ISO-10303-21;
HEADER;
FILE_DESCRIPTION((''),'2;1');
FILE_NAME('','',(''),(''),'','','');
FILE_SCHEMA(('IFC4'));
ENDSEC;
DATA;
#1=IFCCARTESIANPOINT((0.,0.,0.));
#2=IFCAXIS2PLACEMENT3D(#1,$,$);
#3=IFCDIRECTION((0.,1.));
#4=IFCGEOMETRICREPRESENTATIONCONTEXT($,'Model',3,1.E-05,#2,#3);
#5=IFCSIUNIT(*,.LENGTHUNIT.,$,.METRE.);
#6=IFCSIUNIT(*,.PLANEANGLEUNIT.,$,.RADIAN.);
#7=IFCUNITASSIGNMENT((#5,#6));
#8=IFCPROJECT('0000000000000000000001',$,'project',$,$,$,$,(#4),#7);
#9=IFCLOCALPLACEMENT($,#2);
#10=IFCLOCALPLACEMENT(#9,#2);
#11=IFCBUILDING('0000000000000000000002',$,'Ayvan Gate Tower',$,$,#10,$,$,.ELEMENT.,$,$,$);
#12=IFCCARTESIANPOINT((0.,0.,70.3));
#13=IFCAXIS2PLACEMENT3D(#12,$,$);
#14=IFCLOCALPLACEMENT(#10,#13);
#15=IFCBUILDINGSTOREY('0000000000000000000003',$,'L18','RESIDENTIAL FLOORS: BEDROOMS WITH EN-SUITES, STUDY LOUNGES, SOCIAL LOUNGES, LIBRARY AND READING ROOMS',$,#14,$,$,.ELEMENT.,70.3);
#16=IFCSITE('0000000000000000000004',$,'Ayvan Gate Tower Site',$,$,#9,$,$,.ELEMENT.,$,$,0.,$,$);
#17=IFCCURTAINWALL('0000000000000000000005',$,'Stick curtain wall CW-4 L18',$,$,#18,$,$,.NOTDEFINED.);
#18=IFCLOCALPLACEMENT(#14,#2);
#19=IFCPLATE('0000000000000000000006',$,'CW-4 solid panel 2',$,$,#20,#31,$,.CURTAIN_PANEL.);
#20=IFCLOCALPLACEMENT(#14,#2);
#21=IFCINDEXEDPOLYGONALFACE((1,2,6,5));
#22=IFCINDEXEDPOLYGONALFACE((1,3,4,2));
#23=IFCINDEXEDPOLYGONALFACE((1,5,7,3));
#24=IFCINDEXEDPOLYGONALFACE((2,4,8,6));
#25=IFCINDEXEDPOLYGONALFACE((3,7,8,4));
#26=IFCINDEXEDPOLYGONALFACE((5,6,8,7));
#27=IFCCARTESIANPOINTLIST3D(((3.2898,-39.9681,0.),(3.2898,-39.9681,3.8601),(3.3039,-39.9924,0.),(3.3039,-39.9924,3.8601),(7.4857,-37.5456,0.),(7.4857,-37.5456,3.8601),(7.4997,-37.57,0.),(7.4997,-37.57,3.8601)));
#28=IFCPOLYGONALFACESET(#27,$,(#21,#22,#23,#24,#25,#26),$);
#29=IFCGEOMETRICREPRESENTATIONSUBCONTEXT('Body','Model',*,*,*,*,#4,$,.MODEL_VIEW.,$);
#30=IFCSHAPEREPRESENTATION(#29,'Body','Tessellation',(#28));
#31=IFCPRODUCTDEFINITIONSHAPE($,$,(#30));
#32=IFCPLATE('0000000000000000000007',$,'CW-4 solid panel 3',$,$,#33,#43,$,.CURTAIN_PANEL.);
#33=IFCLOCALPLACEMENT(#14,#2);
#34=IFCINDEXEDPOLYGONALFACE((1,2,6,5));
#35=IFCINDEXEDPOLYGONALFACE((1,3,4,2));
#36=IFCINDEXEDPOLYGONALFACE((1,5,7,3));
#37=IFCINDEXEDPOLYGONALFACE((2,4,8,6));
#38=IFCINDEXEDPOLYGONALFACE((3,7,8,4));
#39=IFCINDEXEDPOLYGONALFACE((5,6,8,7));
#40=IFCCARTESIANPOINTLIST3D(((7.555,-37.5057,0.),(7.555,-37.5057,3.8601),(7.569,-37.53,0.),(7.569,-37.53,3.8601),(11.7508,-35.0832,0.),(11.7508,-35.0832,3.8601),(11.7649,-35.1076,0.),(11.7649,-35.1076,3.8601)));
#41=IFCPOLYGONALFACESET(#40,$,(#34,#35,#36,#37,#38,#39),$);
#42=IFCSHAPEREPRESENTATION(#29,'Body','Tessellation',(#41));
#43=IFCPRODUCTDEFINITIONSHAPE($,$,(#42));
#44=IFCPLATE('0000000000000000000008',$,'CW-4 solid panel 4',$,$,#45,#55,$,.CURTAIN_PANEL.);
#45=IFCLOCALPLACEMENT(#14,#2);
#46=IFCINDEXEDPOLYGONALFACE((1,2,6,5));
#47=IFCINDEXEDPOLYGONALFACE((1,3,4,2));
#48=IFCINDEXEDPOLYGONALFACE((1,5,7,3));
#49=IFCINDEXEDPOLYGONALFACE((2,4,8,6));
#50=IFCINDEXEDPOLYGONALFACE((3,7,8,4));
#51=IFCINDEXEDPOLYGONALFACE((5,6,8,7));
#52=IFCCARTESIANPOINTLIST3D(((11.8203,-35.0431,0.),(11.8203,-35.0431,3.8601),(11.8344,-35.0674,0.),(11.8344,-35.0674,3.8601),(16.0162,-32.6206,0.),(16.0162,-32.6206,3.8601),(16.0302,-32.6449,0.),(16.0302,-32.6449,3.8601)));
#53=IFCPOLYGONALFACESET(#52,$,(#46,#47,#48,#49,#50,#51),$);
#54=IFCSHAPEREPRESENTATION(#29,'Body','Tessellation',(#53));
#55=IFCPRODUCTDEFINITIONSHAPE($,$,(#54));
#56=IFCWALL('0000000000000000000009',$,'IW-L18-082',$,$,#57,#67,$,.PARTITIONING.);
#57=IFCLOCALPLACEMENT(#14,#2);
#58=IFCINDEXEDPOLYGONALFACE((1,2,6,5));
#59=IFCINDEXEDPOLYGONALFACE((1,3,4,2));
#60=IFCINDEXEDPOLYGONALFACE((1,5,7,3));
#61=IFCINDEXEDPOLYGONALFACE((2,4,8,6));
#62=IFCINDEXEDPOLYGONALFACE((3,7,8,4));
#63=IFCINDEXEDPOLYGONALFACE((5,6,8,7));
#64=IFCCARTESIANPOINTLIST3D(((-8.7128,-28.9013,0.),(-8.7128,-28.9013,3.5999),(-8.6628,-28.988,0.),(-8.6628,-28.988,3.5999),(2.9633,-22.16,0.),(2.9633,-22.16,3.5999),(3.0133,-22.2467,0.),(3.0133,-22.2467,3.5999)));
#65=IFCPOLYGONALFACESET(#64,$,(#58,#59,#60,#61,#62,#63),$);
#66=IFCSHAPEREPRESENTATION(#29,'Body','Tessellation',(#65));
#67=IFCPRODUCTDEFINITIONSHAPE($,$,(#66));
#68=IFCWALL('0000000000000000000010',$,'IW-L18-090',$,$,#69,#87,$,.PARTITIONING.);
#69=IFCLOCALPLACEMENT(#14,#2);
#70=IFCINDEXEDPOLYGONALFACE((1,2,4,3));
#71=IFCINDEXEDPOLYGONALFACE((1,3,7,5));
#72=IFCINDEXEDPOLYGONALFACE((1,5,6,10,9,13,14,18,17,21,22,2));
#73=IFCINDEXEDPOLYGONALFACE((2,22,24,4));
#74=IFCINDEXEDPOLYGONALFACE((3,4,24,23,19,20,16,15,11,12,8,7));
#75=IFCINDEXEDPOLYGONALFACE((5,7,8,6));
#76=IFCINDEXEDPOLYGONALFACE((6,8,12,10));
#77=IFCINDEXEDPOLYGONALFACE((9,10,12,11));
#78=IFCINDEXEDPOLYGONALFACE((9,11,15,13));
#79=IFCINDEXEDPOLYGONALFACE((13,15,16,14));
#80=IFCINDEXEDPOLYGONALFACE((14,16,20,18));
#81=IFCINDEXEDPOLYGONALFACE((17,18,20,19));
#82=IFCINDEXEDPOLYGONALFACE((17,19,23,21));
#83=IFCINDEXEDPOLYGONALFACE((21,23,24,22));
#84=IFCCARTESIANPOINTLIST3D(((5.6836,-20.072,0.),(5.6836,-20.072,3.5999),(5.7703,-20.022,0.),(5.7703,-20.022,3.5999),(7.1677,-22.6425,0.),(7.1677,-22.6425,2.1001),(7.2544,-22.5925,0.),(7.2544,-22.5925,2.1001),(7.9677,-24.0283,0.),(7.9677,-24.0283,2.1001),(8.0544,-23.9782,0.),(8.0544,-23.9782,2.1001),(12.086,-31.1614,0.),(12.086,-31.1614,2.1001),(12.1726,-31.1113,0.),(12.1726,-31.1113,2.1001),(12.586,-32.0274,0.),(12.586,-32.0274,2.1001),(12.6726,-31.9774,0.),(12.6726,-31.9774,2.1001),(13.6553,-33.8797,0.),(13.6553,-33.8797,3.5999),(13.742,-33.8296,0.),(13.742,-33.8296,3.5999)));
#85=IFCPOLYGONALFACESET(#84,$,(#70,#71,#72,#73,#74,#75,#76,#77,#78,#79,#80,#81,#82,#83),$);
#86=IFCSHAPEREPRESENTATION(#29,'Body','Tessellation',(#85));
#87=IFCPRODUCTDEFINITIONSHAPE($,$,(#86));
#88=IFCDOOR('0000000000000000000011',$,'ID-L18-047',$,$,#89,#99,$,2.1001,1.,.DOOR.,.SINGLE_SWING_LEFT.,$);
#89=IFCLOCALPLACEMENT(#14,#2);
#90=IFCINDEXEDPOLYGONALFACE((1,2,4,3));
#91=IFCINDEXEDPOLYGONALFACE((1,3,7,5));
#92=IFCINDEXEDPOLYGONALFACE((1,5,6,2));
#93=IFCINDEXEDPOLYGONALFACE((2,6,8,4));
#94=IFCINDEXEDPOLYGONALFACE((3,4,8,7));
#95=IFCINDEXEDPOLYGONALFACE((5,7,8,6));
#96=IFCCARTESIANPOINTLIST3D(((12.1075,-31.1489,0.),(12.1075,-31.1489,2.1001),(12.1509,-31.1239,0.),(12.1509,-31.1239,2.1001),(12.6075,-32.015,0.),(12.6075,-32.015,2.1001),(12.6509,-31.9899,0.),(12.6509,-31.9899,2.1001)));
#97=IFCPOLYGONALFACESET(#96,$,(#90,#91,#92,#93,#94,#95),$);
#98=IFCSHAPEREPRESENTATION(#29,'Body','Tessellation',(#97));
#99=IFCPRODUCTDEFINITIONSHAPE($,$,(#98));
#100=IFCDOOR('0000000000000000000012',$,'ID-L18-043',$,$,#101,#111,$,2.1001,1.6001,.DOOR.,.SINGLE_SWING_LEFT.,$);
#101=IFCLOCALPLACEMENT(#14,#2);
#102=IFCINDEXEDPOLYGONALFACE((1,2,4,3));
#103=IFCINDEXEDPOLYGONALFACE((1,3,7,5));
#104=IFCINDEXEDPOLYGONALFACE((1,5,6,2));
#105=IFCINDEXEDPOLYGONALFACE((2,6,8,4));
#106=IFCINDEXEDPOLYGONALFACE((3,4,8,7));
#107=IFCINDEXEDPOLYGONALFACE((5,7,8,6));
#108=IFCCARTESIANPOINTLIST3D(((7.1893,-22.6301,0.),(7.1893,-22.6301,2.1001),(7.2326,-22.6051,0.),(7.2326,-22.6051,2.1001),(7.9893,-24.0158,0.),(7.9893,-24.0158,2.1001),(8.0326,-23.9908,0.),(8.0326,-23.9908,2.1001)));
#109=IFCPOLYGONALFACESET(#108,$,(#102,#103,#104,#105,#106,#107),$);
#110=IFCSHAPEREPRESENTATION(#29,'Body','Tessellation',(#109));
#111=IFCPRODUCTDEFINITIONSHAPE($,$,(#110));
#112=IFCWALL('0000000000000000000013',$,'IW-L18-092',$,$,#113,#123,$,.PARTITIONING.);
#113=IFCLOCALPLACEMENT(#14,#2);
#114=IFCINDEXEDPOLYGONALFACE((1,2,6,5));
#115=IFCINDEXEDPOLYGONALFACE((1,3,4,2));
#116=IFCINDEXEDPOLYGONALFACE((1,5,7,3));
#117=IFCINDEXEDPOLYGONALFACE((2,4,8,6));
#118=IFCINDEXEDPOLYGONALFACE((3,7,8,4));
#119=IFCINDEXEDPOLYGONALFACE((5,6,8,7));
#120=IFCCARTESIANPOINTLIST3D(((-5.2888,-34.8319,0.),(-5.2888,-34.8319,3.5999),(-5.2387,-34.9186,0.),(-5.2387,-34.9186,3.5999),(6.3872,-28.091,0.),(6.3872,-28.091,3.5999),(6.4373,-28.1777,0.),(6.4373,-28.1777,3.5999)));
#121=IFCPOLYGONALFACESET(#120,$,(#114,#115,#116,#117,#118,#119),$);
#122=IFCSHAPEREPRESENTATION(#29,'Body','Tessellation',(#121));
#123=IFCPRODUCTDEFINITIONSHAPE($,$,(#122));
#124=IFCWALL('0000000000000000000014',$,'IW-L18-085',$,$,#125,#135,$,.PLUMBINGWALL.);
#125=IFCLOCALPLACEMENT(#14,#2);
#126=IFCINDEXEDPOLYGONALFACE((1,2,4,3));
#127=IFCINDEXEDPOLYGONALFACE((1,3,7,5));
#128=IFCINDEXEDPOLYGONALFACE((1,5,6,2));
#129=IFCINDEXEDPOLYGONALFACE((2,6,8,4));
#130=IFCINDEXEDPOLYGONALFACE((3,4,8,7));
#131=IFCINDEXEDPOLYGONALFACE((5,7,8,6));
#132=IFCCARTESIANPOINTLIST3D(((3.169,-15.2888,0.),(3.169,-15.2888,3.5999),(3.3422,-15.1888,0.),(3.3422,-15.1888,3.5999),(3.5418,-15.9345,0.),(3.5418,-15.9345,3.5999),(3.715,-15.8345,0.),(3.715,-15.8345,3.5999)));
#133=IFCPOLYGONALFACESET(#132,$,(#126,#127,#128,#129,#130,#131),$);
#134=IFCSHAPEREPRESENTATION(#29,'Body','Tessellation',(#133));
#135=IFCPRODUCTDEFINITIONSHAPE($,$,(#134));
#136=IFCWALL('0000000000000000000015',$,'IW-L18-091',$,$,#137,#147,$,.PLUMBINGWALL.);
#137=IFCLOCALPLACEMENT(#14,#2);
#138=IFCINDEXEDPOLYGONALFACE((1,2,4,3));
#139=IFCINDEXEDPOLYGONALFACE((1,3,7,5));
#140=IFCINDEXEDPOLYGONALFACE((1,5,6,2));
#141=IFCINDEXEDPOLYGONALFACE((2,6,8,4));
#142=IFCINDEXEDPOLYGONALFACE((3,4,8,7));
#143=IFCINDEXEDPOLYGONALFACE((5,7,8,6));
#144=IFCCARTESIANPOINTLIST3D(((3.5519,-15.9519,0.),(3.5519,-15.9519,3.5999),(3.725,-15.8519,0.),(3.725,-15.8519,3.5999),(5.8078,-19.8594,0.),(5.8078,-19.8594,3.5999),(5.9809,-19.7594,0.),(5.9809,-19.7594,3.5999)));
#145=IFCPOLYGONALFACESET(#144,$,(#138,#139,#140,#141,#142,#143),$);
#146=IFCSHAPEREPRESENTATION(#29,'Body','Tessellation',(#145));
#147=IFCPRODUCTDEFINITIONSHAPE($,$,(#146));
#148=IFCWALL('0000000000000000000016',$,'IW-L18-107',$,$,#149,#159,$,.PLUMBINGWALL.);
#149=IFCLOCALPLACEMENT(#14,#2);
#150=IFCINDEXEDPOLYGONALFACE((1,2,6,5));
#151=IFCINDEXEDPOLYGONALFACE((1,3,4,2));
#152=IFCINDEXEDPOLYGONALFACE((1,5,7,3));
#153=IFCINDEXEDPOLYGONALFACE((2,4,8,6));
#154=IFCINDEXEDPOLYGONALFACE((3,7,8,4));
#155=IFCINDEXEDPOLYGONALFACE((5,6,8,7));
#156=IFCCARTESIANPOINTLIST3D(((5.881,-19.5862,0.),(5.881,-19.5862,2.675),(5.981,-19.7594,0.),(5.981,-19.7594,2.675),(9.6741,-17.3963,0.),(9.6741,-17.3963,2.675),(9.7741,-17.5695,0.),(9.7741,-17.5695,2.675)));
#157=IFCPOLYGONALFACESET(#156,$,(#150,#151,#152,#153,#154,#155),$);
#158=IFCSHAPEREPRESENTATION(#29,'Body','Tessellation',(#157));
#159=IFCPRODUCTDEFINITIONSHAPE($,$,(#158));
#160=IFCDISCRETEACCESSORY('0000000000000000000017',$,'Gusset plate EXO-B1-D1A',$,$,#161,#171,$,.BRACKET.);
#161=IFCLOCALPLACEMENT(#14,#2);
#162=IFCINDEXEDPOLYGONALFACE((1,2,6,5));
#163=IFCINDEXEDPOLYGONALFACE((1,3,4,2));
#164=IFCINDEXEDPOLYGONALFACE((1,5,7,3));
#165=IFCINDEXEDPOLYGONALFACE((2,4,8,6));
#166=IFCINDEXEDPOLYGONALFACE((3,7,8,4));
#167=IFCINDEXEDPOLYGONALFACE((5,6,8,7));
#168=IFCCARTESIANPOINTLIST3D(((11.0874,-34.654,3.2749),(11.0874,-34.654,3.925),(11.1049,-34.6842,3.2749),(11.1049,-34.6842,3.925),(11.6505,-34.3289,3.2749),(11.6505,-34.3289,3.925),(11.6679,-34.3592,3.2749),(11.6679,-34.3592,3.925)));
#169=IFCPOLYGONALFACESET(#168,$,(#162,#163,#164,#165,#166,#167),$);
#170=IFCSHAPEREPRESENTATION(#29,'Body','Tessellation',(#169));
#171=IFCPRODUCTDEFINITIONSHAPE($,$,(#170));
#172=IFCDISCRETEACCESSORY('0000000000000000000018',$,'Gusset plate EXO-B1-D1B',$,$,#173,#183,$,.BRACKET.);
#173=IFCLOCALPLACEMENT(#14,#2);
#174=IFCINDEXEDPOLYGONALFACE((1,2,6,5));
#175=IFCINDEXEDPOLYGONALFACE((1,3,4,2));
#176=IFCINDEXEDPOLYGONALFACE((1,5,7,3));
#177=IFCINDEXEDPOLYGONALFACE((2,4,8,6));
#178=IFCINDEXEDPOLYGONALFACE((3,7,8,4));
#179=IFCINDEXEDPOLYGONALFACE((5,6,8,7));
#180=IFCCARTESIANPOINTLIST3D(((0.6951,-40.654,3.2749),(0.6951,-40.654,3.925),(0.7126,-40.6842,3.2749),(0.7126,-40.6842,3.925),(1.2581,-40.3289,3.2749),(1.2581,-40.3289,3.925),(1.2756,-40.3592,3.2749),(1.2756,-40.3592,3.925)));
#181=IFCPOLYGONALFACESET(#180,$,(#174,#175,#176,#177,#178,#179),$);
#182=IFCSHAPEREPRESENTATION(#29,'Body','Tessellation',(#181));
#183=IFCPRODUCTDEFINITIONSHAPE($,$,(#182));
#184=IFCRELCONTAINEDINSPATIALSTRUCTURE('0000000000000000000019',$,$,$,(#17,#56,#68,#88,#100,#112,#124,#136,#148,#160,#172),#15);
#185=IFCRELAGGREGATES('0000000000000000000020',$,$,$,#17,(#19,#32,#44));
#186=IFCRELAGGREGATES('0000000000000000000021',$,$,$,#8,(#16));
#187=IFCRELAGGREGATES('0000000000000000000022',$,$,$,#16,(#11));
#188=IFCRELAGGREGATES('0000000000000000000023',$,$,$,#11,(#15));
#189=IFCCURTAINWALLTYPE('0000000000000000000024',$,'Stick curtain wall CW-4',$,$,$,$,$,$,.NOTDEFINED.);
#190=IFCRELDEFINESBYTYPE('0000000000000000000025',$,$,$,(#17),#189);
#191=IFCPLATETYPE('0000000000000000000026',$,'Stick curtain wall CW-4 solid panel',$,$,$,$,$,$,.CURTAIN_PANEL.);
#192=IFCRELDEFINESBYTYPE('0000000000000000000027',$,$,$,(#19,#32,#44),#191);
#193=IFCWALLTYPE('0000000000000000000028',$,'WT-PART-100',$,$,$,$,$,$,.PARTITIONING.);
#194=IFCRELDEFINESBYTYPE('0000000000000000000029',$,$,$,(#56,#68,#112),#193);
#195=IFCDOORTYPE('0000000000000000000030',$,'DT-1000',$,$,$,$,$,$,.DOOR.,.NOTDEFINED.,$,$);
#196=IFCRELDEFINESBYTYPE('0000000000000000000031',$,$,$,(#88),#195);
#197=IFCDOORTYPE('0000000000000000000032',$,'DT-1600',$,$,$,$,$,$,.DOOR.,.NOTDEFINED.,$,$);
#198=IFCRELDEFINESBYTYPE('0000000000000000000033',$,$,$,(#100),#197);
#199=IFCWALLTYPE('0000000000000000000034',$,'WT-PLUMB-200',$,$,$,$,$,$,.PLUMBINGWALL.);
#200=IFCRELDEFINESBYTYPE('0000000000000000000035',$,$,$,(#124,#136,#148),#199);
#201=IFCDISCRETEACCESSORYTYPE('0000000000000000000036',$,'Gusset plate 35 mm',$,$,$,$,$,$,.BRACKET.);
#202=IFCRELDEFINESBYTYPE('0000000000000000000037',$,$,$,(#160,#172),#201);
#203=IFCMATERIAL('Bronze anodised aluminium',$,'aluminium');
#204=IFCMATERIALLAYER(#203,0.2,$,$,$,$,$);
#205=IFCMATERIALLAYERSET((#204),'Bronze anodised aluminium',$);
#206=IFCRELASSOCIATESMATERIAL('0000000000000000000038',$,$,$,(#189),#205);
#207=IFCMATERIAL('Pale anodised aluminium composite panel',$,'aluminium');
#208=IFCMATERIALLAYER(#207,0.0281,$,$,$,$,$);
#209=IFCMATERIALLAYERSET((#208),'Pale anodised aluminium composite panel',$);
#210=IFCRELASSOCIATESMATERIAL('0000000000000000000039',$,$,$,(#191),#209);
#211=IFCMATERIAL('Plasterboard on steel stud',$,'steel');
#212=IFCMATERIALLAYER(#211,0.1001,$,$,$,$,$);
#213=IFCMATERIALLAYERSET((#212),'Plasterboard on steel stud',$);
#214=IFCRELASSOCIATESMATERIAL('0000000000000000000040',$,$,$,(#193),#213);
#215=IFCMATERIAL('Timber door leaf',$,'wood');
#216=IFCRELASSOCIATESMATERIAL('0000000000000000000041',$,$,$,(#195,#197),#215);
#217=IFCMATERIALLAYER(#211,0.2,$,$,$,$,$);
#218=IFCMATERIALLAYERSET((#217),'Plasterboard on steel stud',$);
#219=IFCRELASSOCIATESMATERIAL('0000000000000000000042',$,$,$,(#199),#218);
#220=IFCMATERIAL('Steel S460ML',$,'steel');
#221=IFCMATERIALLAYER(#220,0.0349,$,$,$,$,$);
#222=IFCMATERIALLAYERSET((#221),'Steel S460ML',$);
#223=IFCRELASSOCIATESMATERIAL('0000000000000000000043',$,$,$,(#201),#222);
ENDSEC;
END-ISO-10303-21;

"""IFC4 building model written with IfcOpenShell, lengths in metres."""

from ifc_helpers import new_model, si_unit, direction, frame, frame_2d, origin, origin_2d, place, context, subcontext, project, spatial, rectangle, extrude, material, layer, layer_set, type_object, element, fill, aggregate, save


model = new_model("IFC4")

# Units and contexts
model_context = context("Model", 3, precision=1e-05, world=origin(), true_north=direction((0.0, 1.0)))
body_context = subcontext(model_context, "Body", "Model", "MODEL_VIEW")
ifc_project = project(units=[si_unit("LENGTHUNIT", "METRE"), si_unit("PLANEANGLEUNIT", "RADIAN")], contexts=[model_context])

# Site, building, storey
site_placement = place(None, origin())
site = spatial("IfcSite", under=ifc_project, at=site_placement, Name="Ayvan Gate Tower Site", CompositionType="ELEMENT", RefElevation=0.0)
building_placement = place(site_placement, origin())
building = spatial("IfcBuilding", under=site, at=building_placement, Name="Ayvan Gate Tower", CompositionType="ELEMENT")
storey_placement = place(building_placement, frame((0.0, 0.0, 70.3)))
storey = spatial("IfcBuildingStorey", under=building, at=storey_placement, Name="L18", Description="RESIDENTIAL FLOORS: BEDROOMS WITH EN-SUITES, STUDY LOUNGES, SOCIAL LOUNGES, LIBRARY AND READING ROOMS", CompositionType="ELEMENT", Elevation=70.3)

# Curtain wall, plates
ifc_material_1 = material(Name="Bronze anodised aluminium", Category="aluminium")
ifc_layer_1 = layer(ifc_material_1, 0.2)
ifc_layer_set_1 = layer_set([ifc_layer_1], Name="Bronze anodised aluminium")
curtain_wall_type = type_object("IfcCurtainWallType", Name="Stick curtain wall CW-4", PredefinedType="NOTDEFINED", material=ifc_layer_set_1)
curtain_wall_placement = place(storey_placement, origin())
curtain_wall = element("IfcCurtainWall", 1, at=curtain_wall_placement, inside=storey, type_object=curtain_wall_type, Name="Stick curtain wall CW-4 L18", PredefinedType="NOTDEFINED")
ifc_material_2 = material(Name="Pale anodised aluminium composite panel", Category="aluminium")
ifc_layer_2 = layer(ifc_material_2, 0.0281)
ifc_layer_set_2 = layer_set([ifc_layer_2], Name="Pale anodised aluminium composite panel")
plate_type = type_object("IfcPlateType", Name="Stick curtain wall CW-4 solid panel", PredefinedType="CURTAIN_PANEL", material=ifc_layer_set_2)
plate_1_placement = place(storey_placement, frame((5.3948, -38.769, 0.0), z_axis=(0.0, 0.0, 1.0), x_axis=(0.866025, 0.5, 0.0)))
plate_1 = element("IfcPlate", 2, at=plate_1_placement, type_object=plate_type, Name="CW-4 solid panel 2", PredefinedType="CURTAIN_PANEL", context=body_context, shape_type="SweptSolid", body=[
    extrude(rectangle(XDim=4.845, YDim=0.0281, at=origin_2d()), origin(), (0.0, 0.0, 1.0), 3.8601),
])
plate_2_placement = place(storey_placement, frame((9.6599, -36.3066, 0.0), z_axis=(0.0, 0.0, 1.0), x_axis=(0.866025, 0.5, 0.0)))
plate_2 = element("IfcPlate", 3, at=plate_2_placement, type_object=plate_type, Name="CW-4 solid panel 3", PredefinedType="CURTAIN_PANEL", context=body_context, shape_type="SweptSolid", body=[
    extrude(rectangle(XDim=4.845, YDim=0.0281, at=origin_2d()), origin(), (0.0, 0.0, 1.0), 3.8601),
])
plate_3_placement = place(storey_placement, frame((13.9253, -33.844, 0.0), z_axis=(0.0, 0.0, 1.0), x_axis=(0.866025, 0.5, 0.0)))
plate_3 = element("IfcPlate", 4, at=plate_3_placement, type_object=plate_type, Name="CW-4 solid panel 4", PredefinedType="CURTAIN_PANEL", context=body_context, shape_type="SweptSolid", body=[
    extrude(rectangle(XDim=4.845, YDim=0.0281, at=origin_2d()), origin(), (0.0, 0.0, 1.0), 3.8601),
])
aggregate(curtain_wall, [plate_1, plate_2, plate_3])

# Wall
ifc_material_3 = material(Name="Plasterboard on steel stud", Category="steel")
ifc_layer_3 = layer(ifc_material_3, 0.1001)
ifc_layer_set_3 = layer_set([ifc_layer_3], Name="Plasterboard on steel stud")
wall_type_1 = type_object("IfcWallType", Name="WT-PART-100", PredefinedType="PARTITIONING", material=ifc_layer_set_3)
wall_1_placement = place(storey_placement, frame((2.9883, -22.2034, 0.0), z_axis=(0.0, 0.0, 1.0), x_axis=(-0.866024, -0.500003, 0.0)))
element("IfcWall", 5, at=wall_1_placement, inside=storey, type_object=wall_type_1, Name="IW-L18-082", PredefinedType="PARTITIONING", context=body_context, shape_type="SweptSolid", body=[
    extrude(rectangle(XDim=13.4824, YDim=0.1001, at=frame_2d((6.7412, 0.0))), origin(), (0.0, 0.0, 1.0), 3.5999),
])

# Wall, openings, doors
wall_2_placement = place(storey_placement, frame((5.7271, -20.0471, 0.0), z_axis=(0.0, 0.0, 1.0), x_axis=(0.499993, -0.86603, 0.0)))
wall_2 = element("IfcWall", 6, at=wall_2_placement, inside=storey, type_object=wall_type_1, Name="IW-L18-090", PredefinedType="PARTITIONING", context=body_context, shape_type="SweptSolid", body=[
    extrude(rectangle(XDim=15.9436, YDim=0.1001, at=frame_2d((7.9717, 0.0))), origin(), (0.0, 0.0, 1.0), 3.5999),
])
opening_1_placement = place(wall_2_placement, frame((2.968, 0.0, 0.0)))
opening_1 = element("IfcOpeningElement", 7, at=opening_1_placement, cuts=wall_2, PredefinedType="OPENING", context=body_context, shape_type="SweptSolid", body=[
    extrude(rectangle(XDim=1.6001, YDim=2.1001, at=frame_2d((0.8, 1.05))), frame((0.0, 0.0601, 0.0), z_axis=(0.0, -1.0, 0.0), x_axis=(1.0, 0.0, 0.0)), (0.0, 0.0, 1.0), 0.1201),
])
opening_2_placement = place(wall_2_placement, frame((12.8047, 0.0, 0.0)))
opening_2 = element("IfcOpeningElement", 8, at=opening_2_placement, cuts=wall_2, PredefinedType="OPENING", context=body_context, shape_type="SweptSolid", body=[
    extrude(rectangle(XDim=1.0, YDim=2.1001, at=frame_2d((0.5, 1.05))), frame((0.0, 0.0601, 0.0), z_axis=(0.0, -1.0, 0.0), x_axis=(1.0, 0.0, 0.0)), (0.0, 0.0, 1.0), 0.1201),
])
ifc_material_4 = material(Name="Timber door leaf", Category="wood")
door_type_1 = type_object("IfcDoorType", Name="DT-1000", OperationType="NOTDEFINED", PredefinedType="DOOR", material=ifc_material_4)
door_1_placement = place(opening_2_placement, origin())
door_1 = element("IfcDoor", 9, at=door_1_placement, inside=storey, type_object=door_type_1, Name="ID-L18-047", OperationType="SINGLE_SWING_LEFT", OverallHeight=2.1001, OverallWidth=1.0, PredefinedType="DOOR", context=body_context, shape_type="SweptSolid", body=[
    extrude(rectangle(XDim=1.0, YDim=2.1001, at=frame_2d((0.5, 1.05))), frame((0.0, 0.0249, 0.0), z_axis=(0.0, -1.0, 0.0), x_axis=(1.0, 0.0, 0.0)), (0.0, 0.0, 1.0), 0.05),
])
fill(opening_2, door_1)
door_type_2 = type_object("IfcDoorType", Name="DT-1600", OperationType="NOTDEFINED", PredefinedType="DOOR", material=ifc_material_4)
door_2_placement = place(opening_1_placement, origin())
door_2 = element("IfcDoor", 10, at=door_2_placement, inside=storey, type_object=door_type_2, Name="ID-L18-043", OperationType="SINGLE_SWING_LEFT", OverallHeight=2.1001, OverallWidth=1.6001, PredefinedType="DOOR", context=body_context, shape_type="SweptSolid", body=[
    extrude(rectangle(XDim=1.6001, YDim=2.1001, at=frame_2d((0.8, 1.05))), frame((0.0, 0.0249, 0.0), z_axis=(0.0, -1.0, 0.0), x_axis=(1.0, 0.0, 0.0)), (0.0, 0.0, 1.0), 0.05),
])
fill(opening_1, door_2)

# Walls
wall_3_placement = place(storey_placement, frame((6.4124, -28.1343, 0.0), z_axis=(0.0, 0.0, 1.0), x_axis=(-0.866031, -0.499989, 0.0)))
element("IfcWall", 11, at=wall_3_placement, inside=storey, type_object=wall_type_1, Name="IW-L18-092", PredefinedType="PARTITIONING", context=body_context, shape_type="SweptSolid", body=[
    extrude(rectangle(XDim=13.4822, YDim=0.1001, at=frame_2d((6.7412, 0.0))), origin(), (0.0, 0.0, 1.0), 3.5999),
])
ifc_layer_4 = layer(ifc_material_3, 0.2)
ifc_layer_set_4 = layer_set([ifc_layer_4], Name="Plasterboard on steel stud")
wall_type_2 = type_object("IfcWallType", Name="WT-PLUMB-200", PredefinedType="PLUMBINGWALL", material=ifc_layer_set_4)
wall_4_placement = place(storey_placement, frame((3.6284, -15.8845, 0.0), z_axis=(0.0, 0.0, 1.0), x_axis=(-0.499978, 0.866038, 0.0)))
element("IfcWall", 12, at=wall_4_placement, inside=storey, type_object=wall_type_2, Name="IW-L18-085", PredefinedType="PLUMBINGWALL", context=body_context, shape_type="SweptSolid", body=[
    extrude(rectangle(XDim=0.7456, YDim=0.2, at=frame_2d((0.3728, 0.0))), origin(), (0.0, 0.0, 1.0), 3.5999),
])
wall_5_placement = place(storey_placement, frame((5.8943, -19.8093, 0.0), z_axis=(0.0, 0.0, 1.0), x_axis=(-0.49998, 0.866037, 0.0)))
element("IfcWall", 13, at=wall_5_placement, inside=storey, type_object=wall_type_2, Name="IW-L18-091", PredefinedType="PLUMBINGWALL", context=body_context, shape_type="SweptSolid", body=[
    extrude(rectangle(XDim=4.512, YDim=0.2, at=frame_2d((2.2559, 0.0))), origin(), (0.0, 0.0, 1.0), 3.5999),
])
wall_6_placement = place(storey_placement, frame((9.7241, -17.4829, 0.0), z_axis=(0.0, 0.0, 1.0), x_axis=(-0.866032, -0.499988, 0.0)))
element("IfcWall", 14, at=wall_6_placement, inside=storey, type_object=wall_type_2, Name="IW-L18-107", PredefinedType="PLUMBINGWALL", context=body_context, shape_type="SweptSolid", body=[
    extrude(rectangle(XDim=4.3799, YDim=0.2, at=frame_2d((2.1899, 0.0))), origin(), (0.0, 0.0, 1.0), 2.675),
])

# Discrete accessories
ifc_material_5 = material(Name="Steel S460ML", Category="steel")
ifc_layer_5 = layer(ifc_material_5, 0.0349)
ifc_layer_set_5 = layer_set([ifc_layer_5], Name="Steel S460ML")
discrete_accessory_type_1 = type_object("IfcDiscreteAccessoryType", Name="Gusset plate 35 mm", PredefinedType="BRACKET", material=ifc_layer_set_5)
for number, where, z_axis, x_axis, name in (
    (15, (11.3777, -34.5066, 3.2749), (0.0, 0.0, 1.0), (0.866025, 0.5, 0.0), "Gusset plate EXO-B1-D1A"),
    (16, (0.9854, -40.5066, 3.2749), (0.0, 0.0, 1.0), (0.866025, 0.5, 0.0), "Gusset plate EXO-B1-D1B"),
):
    element("IfcDiscreteAccessory", number, at=place(storey_placement, frame(where, z_axis=z_axis, x_axis=x_axis)), inside=storey, type_object=discrete_accessory_type_1, Name=name, PredefinedType="BRACKET", context=body_context, shape_type="SweptSolid", body=[
        extrude(rectangle(XDim=0.6501, YDim=0.0349, at=origin_2d()), origin(), (0.0, 0.0, 1.0), 0.6501),
    ])

save(model, "model.ifc")
